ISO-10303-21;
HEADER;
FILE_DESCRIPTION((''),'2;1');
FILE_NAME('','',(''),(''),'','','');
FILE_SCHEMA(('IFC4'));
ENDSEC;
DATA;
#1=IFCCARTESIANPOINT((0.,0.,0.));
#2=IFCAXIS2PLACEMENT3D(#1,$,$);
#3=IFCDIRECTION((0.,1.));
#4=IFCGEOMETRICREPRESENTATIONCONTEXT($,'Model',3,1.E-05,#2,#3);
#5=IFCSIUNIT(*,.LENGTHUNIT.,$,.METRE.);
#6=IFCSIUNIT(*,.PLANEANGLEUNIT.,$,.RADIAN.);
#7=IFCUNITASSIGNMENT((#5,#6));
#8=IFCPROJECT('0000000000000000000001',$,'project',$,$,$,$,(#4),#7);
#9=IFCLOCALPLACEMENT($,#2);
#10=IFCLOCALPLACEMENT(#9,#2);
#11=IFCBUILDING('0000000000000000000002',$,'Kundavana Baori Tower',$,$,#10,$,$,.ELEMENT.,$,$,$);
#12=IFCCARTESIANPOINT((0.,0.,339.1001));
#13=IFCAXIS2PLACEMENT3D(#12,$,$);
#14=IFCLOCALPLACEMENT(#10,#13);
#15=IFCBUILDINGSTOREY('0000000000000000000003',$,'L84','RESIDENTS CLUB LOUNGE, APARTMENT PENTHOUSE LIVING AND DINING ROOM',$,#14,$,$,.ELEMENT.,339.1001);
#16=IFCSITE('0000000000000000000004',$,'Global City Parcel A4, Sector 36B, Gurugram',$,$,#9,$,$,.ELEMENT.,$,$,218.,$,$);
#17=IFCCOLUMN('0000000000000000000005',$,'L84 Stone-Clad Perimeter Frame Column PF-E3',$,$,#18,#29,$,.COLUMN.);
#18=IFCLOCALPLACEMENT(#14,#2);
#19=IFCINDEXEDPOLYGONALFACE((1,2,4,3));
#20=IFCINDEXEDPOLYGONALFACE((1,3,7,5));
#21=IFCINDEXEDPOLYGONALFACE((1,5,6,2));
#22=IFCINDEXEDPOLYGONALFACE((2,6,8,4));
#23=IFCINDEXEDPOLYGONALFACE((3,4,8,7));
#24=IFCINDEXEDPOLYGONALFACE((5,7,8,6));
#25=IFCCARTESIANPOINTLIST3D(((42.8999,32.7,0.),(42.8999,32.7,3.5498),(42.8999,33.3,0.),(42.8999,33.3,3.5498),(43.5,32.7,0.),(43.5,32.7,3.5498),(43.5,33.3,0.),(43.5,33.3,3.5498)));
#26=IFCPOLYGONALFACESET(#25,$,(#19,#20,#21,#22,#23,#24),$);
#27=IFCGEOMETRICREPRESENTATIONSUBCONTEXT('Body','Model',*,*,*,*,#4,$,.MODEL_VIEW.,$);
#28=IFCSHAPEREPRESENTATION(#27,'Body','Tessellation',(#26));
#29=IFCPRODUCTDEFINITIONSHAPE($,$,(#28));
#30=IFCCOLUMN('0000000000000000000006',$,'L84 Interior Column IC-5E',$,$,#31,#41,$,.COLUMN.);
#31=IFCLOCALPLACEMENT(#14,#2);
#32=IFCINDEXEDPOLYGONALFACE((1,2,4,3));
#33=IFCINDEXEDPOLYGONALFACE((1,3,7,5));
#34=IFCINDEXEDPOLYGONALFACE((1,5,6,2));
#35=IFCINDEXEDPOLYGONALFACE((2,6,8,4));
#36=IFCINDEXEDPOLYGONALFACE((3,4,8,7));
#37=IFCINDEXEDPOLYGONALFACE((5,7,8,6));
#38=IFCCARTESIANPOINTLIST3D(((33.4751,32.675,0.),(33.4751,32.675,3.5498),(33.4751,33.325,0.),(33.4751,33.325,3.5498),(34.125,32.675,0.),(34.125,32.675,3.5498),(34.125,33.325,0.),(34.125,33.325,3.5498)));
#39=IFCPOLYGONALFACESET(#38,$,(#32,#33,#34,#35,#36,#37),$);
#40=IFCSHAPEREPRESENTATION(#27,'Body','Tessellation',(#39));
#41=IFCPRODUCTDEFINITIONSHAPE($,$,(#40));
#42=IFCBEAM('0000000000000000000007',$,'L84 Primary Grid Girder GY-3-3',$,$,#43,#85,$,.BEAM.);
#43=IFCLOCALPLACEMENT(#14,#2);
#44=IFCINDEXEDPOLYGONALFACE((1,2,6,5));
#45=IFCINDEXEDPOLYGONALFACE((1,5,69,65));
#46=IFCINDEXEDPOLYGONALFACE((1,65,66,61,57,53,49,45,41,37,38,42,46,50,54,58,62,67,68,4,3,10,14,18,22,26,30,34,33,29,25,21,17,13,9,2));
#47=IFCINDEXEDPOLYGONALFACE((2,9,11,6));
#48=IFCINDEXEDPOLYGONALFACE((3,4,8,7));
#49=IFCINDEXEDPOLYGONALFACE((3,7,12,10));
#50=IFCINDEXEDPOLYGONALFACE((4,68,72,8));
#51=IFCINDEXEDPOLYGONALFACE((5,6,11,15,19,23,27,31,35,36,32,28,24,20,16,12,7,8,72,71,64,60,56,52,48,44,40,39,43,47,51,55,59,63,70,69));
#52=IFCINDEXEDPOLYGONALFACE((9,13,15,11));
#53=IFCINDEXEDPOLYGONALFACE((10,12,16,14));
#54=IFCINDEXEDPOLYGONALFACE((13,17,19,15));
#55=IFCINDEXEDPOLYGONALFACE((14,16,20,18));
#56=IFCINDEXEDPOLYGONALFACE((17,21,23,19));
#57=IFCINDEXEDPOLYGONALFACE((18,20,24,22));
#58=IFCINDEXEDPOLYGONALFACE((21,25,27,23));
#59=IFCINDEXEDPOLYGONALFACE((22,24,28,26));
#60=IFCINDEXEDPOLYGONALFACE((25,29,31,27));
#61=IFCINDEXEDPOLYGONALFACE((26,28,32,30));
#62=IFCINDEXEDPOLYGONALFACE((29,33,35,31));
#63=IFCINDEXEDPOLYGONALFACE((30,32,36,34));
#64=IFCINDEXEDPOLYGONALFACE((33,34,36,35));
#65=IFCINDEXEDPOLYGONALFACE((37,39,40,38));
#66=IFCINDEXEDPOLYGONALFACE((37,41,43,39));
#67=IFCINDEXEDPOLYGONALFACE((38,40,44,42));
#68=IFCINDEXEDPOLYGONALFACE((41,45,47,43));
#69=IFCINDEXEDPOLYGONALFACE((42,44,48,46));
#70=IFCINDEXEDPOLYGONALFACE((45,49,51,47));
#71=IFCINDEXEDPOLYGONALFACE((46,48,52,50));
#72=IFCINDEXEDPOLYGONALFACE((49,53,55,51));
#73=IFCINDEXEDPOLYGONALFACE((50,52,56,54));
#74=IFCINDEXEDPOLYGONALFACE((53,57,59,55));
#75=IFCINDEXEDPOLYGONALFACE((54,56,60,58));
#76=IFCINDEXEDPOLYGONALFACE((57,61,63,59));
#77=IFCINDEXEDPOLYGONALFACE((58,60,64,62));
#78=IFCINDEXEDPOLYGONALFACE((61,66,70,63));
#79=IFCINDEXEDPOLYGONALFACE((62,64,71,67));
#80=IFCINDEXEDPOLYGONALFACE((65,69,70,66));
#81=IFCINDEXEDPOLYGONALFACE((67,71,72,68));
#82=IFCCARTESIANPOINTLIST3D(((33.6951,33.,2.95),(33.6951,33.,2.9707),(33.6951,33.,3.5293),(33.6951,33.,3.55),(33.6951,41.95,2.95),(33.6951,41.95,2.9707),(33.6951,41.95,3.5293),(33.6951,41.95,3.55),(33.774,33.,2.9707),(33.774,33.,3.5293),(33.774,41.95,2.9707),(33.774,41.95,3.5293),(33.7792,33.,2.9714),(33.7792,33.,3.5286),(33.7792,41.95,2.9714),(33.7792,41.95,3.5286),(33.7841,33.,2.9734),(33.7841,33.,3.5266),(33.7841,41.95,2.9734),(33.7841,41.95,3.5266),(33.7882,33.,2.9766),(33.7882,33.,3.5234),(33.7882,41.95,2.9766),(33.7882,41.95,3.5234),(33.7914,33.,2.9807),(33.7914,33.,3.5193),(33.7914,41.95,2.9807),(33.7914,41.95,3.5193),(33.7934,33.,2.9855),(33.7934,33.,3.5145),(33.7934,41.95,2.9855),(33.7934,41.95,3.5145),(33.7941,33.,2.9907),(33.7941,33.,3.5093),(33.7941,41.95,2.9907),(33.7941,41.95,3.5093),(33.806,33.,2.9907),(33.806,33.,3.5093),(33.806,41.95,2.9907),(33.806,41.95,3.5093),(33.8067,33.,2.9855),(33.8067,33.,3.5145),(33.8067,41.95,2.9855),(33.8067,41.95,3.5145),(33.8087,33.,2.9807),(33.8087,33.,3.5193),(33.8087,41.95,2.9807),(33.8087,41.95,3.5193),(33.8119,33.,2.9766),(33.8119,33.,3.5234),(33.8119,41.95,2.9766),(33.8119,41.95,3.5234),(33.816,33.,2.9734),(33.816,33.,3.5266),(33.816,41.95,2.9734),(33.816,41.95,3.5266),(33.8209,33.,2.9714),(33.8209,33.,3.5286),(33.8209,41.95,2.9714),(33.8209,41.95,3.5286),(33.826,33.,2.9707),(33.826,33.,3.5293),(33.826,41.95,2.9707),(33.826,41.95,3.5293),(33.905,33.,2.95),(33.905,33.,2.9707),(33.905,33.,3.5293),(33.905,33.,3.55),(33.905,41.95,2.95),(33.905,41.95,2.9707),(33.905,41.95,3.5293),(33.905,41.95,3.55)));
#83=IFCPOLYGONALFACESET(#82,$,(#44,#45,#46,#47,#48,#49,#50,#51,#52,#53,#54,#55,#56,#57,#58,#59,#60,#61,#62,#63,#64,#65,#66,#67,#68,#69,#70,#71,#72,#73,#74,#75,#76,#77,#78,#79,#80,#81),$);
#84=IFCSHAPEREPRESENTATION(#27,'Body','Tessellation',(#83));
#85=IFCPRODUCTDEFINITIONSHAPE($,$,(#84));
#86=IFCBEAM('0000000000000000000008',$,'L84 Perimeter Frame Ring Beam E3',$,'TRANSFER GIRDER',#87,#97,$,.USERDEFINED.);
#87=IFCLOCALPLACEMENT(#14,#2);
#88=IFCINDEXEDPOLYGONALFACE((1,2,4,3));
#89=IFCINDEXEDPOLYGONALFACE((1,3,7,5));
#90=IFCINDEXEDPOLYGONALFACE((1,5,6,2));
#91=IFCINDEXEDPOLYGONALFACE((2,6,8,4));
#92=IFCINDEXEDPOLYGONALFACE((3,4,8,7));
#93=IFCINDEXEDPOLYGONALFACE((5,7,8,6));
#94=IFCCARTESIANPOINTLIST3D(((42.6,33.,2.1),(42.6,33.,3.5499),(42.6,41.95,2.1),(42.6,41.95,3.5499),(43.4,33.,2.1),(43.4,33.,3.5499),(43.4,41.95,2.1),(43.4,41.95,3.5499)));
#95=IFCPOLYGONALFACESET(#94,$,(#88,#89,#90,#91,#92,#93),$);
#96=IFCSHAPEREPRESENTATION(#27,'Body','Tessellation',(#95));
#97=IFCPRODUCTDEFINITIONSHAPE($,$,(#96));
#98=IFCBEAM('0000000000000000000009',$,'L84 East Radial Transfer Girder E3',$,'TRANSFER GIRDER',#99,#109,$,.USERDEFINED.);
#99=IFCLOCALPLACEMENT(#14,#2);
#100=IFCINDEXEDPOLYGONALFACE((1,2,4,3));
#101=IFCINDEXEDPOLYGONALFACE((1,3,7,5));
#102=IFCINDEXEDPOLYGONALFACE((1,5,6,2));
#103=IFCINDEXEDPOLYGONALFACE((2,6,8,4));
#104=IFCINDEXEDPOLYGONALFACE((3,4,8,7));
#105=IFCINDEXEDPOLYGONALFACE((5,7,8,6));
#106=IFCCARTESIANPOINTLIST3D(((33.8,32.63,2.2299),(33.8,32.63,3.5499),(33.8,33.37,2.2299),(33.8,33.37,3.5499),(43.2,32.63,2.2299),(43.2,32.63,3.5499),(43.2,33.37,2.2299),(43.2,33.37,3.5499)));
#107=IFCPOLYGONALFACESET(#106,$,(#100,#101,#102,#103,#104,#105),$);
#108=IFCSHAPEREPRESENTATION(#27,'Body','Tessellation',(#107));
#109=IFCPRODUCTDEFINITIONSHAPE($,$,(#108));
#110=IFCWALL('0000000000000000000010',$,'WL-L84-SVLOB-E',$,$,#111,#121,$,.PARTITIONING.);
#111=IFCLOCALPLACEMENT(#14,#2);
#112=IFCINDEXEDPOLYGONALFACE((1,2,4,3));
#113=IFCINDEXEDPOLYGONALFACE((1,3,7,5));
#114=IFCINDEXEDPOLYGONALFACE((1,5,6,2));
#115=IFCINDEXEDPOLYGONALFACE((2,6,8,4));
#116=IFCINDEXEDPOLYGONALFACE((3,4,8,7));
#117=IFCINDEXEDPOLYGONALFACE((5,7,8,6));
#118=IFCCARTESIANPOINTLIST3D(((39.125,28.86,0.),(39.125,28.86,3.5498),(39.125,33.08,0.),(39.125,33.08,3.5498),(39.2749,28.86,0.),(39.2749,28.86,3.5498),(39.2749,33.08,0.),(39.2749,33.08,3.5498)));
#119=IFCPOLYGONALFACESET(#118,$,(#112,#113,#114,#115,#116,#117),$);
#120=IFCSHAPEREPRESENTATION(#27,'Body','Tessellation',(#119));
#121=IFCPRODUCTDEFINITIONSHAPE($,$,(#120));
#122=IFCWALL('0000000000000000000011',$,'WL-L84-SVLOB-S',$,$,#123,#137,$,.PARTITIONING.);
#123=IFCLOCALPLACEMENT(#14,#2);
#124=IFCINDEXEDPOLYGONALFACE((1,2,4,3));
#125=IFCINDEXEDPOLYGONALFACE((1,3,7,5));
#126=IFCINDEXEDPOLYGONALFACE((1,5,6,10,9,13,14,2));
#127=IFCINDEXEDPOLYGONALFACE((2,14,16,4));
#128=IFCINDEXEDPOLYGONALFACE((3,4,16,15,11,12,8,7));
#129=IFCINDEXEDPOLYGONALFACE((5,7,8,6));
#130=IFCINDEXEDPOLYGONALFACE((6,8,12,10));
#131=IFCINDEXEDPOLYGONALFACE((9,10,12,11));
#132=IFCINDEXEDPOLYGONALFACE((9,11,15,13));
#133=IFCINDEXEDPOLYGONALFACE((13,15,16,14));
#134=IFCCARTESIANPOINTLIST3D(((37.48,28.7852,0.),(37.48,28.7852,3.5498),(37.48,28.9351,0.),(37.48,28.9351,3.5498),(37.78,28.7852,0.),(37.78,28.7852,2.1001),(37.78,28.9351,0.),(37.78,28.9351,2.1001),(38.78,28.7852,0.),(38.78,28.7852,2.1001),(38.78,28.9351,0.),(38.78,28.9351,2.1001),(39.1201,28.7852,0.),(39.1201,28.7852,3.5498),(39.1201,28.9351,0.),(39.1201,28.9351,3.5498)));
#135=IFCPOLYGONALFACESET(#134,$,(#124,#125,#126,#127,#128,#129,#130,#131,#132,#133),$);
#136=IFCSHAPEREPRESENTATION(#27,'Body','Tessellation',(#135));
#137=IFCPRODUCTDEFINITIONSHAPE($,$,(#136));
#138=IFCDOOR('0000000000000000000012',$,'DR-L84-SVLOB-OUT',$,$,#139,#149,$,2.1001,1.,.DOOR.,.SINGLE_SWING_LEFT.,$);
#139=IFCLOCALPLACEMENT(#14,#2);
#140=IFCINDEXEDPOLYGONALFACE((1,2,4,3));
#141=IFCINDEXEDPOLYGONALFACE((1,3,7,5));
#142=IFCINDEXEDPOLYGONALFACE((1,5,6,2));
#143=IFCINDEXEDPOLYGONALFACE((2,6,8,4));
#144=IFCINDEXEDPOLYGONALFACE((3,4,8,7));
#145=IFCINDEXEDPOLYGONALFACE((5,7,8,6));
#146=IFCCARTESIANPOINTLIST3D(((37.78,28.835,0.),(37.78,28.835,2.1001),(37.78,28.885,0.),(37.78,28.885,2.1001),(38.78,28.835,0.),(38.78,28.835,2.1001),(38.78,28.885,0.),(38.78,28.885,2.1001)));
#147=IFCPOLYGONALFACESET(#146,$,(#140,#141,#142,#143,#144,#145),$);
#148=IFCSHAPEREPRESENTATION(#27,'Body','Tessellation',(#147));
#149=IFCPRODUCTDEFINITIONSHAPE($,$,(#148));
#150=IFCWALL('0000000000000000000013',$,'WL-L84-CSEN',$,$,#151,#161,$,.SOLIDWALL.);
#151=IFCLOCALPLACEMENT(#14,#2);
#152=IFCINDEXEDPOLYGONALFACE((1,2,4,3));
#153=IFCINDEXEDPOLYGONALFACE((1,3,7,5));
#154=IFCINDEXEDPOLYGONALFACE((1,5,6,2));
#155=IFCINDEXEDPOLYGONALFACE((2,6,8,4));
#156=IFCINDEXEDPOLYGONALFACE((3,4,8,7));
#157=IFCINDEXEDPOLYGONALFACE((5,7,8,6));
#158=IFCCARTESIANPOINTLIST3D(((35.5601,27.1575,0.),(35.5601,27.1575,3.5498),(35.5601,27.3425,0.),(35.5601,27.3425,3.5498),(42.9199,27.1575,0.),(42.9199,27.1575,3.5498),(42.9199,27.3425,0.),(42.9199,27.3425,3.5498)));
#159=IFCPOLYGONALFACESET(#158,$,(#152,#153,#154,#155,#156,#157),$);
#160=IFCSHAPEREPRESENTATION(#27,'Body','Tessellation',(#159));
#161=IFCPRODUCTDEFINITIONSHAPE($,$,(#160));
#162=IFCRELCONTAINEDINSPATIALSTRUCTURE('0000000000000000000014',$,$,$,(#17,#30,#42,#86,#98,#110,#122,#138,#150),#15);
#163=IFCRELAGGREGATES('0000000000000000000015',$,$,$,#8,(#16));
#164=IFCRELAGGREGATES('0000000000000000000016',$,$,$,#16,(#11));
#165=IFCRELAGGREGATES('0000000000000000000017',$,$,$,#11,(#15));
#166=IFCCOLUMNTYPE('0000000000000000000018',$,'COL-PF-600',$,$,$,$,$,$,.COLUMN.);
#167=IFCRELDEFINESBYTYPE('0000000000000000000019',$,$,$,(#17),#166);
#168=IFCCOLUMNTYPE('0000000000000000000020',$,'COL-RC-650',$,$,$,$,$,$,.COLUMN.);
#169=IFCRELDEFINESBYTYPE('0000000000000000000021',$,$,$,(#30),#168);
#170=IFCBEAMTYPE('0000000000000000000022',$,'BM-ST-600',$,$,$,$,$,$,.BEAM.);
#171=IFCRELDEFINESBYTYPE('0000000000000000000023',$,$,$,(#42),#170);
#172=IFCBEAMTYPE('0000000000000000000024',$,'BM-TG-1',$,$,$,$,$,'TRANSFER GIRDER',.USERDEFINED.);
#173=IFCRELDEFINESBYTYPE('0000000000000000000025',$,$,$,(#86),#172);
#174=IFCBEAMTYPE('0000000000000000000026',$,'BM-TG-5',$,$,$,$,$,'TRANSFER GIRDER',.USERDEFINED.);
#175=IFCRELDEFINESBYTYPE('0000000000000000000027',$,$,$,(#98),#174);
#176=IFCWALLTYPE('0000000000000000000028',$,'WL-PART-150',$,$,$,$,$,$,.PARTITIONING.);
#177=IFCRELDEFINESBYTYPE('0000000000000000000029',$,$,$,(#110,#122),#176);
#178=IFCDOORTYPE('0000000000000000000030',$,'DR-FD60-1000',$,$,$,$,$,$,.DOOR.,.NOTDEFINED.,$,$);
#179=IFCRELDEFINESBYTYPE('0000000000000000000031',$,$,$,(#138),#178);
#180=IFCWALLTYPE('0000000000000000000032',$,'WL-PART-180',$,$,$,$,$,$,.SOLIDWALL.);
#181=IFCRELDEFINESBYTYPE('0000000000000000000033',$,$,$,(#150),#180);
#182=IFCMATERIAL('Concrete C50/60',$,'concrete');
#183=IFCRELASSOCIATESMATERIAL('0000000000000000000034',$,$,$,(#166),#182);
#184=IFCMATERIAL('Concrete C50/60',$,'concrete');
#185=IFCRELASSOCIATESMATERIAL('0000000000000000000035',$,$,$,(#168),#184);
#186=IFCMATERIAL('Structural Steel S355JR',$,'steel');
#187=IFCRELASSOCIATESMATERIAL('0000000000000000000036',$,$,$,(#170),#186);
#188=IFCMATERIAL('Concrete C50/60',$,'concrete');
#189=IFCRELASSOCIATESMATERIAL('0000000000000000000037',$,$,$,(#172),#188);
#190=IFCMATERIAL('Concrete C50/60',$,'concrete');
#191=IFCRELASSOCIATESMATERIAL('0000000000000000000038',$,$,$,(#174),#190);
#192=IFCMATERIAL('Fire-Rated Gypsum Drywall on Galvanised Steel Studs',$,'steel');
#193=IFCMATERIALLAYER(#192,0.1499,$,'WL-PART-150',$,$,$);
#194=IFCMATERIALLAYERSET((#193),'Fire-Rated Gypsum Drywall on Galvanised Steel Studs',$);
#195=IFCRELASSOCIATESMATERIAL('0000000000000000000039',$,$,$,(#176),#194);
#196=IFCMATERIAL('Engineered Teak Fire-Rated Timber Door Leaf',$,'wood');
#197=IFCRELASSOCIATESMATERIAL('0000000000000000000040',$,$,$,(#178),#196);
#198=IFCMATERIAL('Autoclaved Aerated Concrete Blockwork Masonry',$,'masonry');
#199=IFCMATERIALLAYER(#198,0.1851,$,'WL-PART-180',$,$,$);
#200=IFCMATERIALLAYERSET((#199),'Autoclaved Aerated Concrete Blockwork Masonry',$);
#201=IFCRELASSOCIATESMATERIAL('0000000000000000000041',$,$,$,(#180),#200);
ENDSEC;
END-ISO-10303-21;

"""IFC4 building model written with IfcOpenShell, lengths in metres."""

from ifc_helpers import new_model, si_unit, direction, frame, frame_2d, origin, origin_2d, place, context, subcontext, project, spatial, rectangle, i_section, extrude, material, layer, layer_set, material_profile, profile_set, type_object, element, fill, save


model = new_model("IFC4")

# Units and contexts
model_context = context("Model", 3, precision=1e-05, world=origin(), true_north=direction((0.0, 1.0)))
body_context = subcontext(model_context, "Body", "Model", "MODEL_VIEW")
ifc_project = project(units=[si_unit("LENGTHUNIT", "METRE"), si_unit("PLANEANGLEUNIT", "RADIAN")], contexts=[model_context])

# Site, building, storey
site_placement = place(None, origin())
site = spatial("IfcSite", under=ifc_project, at=site_placement, Name="Global City Parcel A4, Sector 36B, Gurugram", CompositionType="ELEMENT", RefElevation=218.0)
building_placement = place(site_placement, origin())
building = spatial("IfcBuilding", under=site, at=building_placement, Name="Kundavana Baori Tower", CompositionType="ELEMENT")
storey_placement = place(building_placement, frame((0.0, 0.0, 339.1001)))
storey = spatial("IfcBuildingStorey", under=building, at=storey_placement, Name="L84", Description="RESIDENTS CLUB LOUNGE, APARTMENT PENTHOUSE LIVING AND DINING ROOM", CompositionType="ELEMENT", Elevation=339.1001)

# Columns
ifc_material_1 = material(Name="Concrete C50/60", Category="concrete")
ifc_material_profile_1 = material_profile(ifc_material_1, rectangle(XDim=0.6001, YDim=0.6001, at=origin_2d()), Name="RC PF 600x600")
ifc_profile_set_1 = profile_set([ifc_material_profile_1], Name="Concrete C50/60")
column_type_1 = type_object("IfcColumnType", Name="COL-PF-600", PredefinedType="COLUMN", material=ifc_profile_set_1)
column_1_placement = place(storey_placement, frame((43.2, 33.0, 0.0), z_axis=(0.0, 0.0, 1.0), x_axis=(1.0, 0.0, 0.0)))
element("IfcColumn", 1, at=column_1_placement, inside=storey, type_object=column_type_1, Name="L84 Stone-Clad Perimeter Frame Column PF-E3", PredefinedType="COLUMN", context=body_context, shape_type="SweptSolid", body=[
    extrude(rectangle(XDim=0.6001, YDim=0.6001, at=origin_2d()), origin(), (0.0, 0.0, 1.0), 3.5498),
])
ifc_material_2 = material(Name="Concrete C50/60", Category="concrete")
ifc_material_profile_2 = material_profile(ifc_material_2, rectangle(XDim=0.6499, YDim=0.6499, at=origin_2d()), Name="RC 650x650")
ifc_profile_set_2 = profile_set([ifc_material_profile_2], Name="Concrete C50/60")
column_type_2 = type_object("IfcColumnType", Name="COL-RC-650", PredefinedType="COLUMN", material=ifc_profile_set_2)
column_2_placement = place(storey_placement, frame((33.8, 33.0, 0.0), z_axis=(0.0, 0.0, 1.0), x_axis=(1.0, 0.0, 0.0)))
element("IfcColumn", 2, at=column_2_placement, inside=storey, type_object=column_type_2, Name="L84 Interior Column IC-5E", PredefinedType="COLUMN", context=body_context, shape_type="SweptSolid", body=[
    extrude(rectangle(XDim=0.6499, YDim=0.6499, at=origin_2d()), origin(), (0.0, 0.0, 1.0), 3.5498),
])

# Beams
ifc_material_3 = material(Name="Structural Steel S355JR", Category="steel")
ifc_material_profile_3 = material_profile(ifc_material_3, i_section(OverallWidth=0.21, OverallDepth=0.6001, WebThickness=0.012, FlangeThickness=0.0208, FilletRadius=0.02, at=origin_2d()), Name="ISMB 600")
ifc_profile_set_3 = profile_set([ifc_material_profile_3], Name="Structural Steel S355JR")
beam_type_1 = type_object("IfcBeamType", Name="BM-ST-600", PredefinedType="BEAM", material=ifc_profile_set_3)
beam_1_placement = place(storey_placement, frame((33.8, 33.0, 3.25), z_axis=(0.0, 1.0, 0.0), x_axis=(-1.0, 0.0, 0.0)))
element("IfcBeam", 3, at=beam_1_placement, inside=storey, type_object=beam_type_1, Name="L84 Primary Grid Girder GY-3-3", PredefinedType="BEAM", context=body_context, shape_type="SweptSolid", body=[
    extrude(i_section(OverallWidth=0.21, OverallDepth=0.6001, WebThickness=0.012, FlangeThickness=0.0208, FilletRadius=0.02, at=origin_2d()), origin(), (0.0, 0.0, 1.0), 8.95),
])
ifc_material_4 = material(Name="Concrete C50/60", Category="concrete")
ifc_material_profile_4 = material_profile(ifc_material_4, rectangle(XDim=0.8, YDim=1.45, at=origin_2d()), Name="BM-TG-1")
ifc_profile_set_4 = profile_set([ifc_material_profile_4], Name="Concrete C50/60")
beam_type_2 = type_object("IfcBeamType", Name="BM-TG-1", ElementType="TRANSFER GIRDER", PredefinedType="USERDEFINED", material=ifc_profile_set_4)
beam_2_placement = place(storey_placement, frame((43.0, 33.0, 2.825), z_axis=(0.0, 1.0, 0.0), x_axis=(-1.0, 0.0, 0.0)))
element("IfcBeam", 4, at=beam_2_placement, inside=storey, type_object=beam_type_2, Name="L84 Perimeter Frame Ring Beam E3", ObjectType="TRANSFER GIRDER", PredefinedType="USERDEFINED", context=body_context, shape_type="SweptSolid", body=[
    extrude(rectangle(XDim=0.8, YDim=1.45, at=origin_2d()), origin(), (0.0, 0.0, 1.0), 8.95),
])
ifc_material_5 = material(Name="Concrete C50/60", Category="concrete")
ifc_material_profile_5 = material_profile(ifc_material_5, rectangle(XDim=0.74, YDim=1.3201, at=origin_2d()), Name="BM-TG-5")
ifc_profile_set_5 = profile_set([ifc_material_profile_5], Name="Concrete C50/60")
beam_type_3 = type_object("IfcBeamType", Name="BM-TG-5", ElementType="TRANSFER GIRDER", PredefinedType="USERDEFINED", material=ifc_profile_set_5)
beam_3_placement = place(storey_placement, frame((33.8, 33.0, 2.8899), z_axis=(1.0, 0.0, 0.0), x_axis=(0.0, 1.0, 0.0)))
element("IfcBeam", 5, at=beam_3_placement, inside=storey, type_object=beam_type_3, Name="L84 East Radial Transfer Girder E3", ObjectType="TRANSFER GIRDER", PredefinedType="USERDEFINED", context=body_context, shape_type="SweptSolid", body=[
    extrude(rectangle(XDim=0.74, YDim=1.3201, at=origin_2d()), origin(), (0.0, 0.0, 1.0), 9.3999),
])

# Wall
ifc_material_6 = material(Name="Fire-Rated Gypsum Drywall on Galvanised Steel Studs", Category="steel")
ifc_layer_1 = layer(ifc_material_6, 0.1499, Name="WL-PART-150")
ifc_layer_set_1 = layer_set([ifc_layer_1], Name="Fire-Rated Gypsum Drywall on Galvanised Steel Studs")
wall_type_1 = type_object("IfcWallType", Name="WL-PART-150", PredefinedType="PARTITIONING", material=ifc_layer_set_1)
wall_1_placement = place(storey_placement, frame((39.2, 28.8601, 0.0), z_axis=(0.0, 0.0, 1.0), x_axis=(0.0, 1.0, 0.0)))
element("IfcWall", 6, at=wall_1_placement, inside=storey, type_object=wall_type_1, Name="WL-L84-SVLOB-E", PredefinedType="PARTITIONING", context=body_context, shape_type="SweptSolid", body=[
    extrude(rectangle(XDim=4.22, YDim=0.1499, at=frame_2d((2.1099, 0.0))), origin(), (0.0, 0.0, 1.0), 3.5498),
])

# Wall, opening, door
wall_2_placement = place(storey_placement, frame((37.48, 28.8601, 0.0), z_axis=(0.0, 0.0, 1.0), x_axis=(1.0, 0.0, 0.0)))
wall_2 = element("IfcWall", 7, at=wall_2_placement, inside=storey, type_object=wall_type_1, Name="WL-L84-SVLOB-S", PredefinedType="PARTITIONING", context=body_context, shape_type="SweptSolid", body=[
    extrude(rectangle(XDim=1.6401, YDim=0.1499, at=frame_2d((0.8201, 0.0))), origin(), (0.0, 0.0, 1.0), 3.5498),
])
opening_1_placement = place(wall_2_placement, frame((0.3, 0.0, 0.0)))
opening_1 = element("IfcOpeningElement", 8, at=opening_1_placement, cuts=wall_2, PredefinedType="OPENING", context=body_context, shape_type="SweptSolid", body=[
    extrude(rectangle(XDim=1.0, YDim=2.1001, at=frame_2d((0.5, 1.05))), frame((0.0, 0.085, 0.0), z_axis=(0.0, -1.0, 0.0), x_axis=(1.0, 0.0, 0.0)), (0.0, 0.0, 1.0), 0.1699),
])
ifc_material_7 = material(Name="Engineered Teak Fire-Rated Timber Door Leaf", Category="wood")
door_type_1 = type_object("IfcDoorType", Name="DR-FD60-1000", OperationType="NOTDEFINED", PredefinedType="DOOR", material=ifc_material_7)
door_1_placement = place(opening_1_placement, origin())
door_1 = element("IfcDoor", 9, at=door_1_placement, inside=storey, type_object=door_type_1, Name="DR-L84-SVLOB-OUT", OperationType="SINGLE_SWING_LEFT", OverallHeight=2.1001, OverallWidth=1.0, PredefinedType="DOOR", context=body_context, shape_type="SweptSolid", body=[
    extrude(rectangle(XDim=1.0, YDim=2.1001, at=frame_2d((0.5, 1.05))), frame((0.0, 0.0249, 0.0), z_axis=(0.0, -1.0, 0.0), x_axis=(1.0, 0.0, 0.0)), (0.0, 0.0, 1.0), 0.05),
])
fill(opening_1, door_1)

# Wall
ifc_material_8 = material(Name="Autoclaved Aerated Concrete Blockwork Masonry", Category="masonry")
ifc_layer_2 = layer(ifc_material_8, 0.1851, Name="WL-PART-180")
ifc_layer_set_2 = layer_set([ifc_layer_2], Name="Autoclaved Aerated Concrete Blockwork Masonry")
wall_type_2 = type_object("IfcWallType", Name="WL-PART-180", PredefinedType="SOLIDWALL", material=ifc_layer_set_2)
wall_3_placement = place(storey_placement, frame((35.5601, 27.25, 0.0), z_axis=(0.0, 0.0, 1.0), x_axis=(1.0, 0.0, 0.0)))
element("IfcWall", 10, at=wall_3_placement, inside=storey, type_object=wall_type_2, Name="WL-L84-CSEN", PredefinedType="SOLIDWALL", context=body_context, shape_type="SweptSolid", body=[
    extrude(rectangle(XDim=7.3599, YDim=0.1851, at=frame_2d((3.6799, 0.0))), origin(), (0.0, 0.0, 1.0), 3.5498),
])

save(model, "model.ifc")
